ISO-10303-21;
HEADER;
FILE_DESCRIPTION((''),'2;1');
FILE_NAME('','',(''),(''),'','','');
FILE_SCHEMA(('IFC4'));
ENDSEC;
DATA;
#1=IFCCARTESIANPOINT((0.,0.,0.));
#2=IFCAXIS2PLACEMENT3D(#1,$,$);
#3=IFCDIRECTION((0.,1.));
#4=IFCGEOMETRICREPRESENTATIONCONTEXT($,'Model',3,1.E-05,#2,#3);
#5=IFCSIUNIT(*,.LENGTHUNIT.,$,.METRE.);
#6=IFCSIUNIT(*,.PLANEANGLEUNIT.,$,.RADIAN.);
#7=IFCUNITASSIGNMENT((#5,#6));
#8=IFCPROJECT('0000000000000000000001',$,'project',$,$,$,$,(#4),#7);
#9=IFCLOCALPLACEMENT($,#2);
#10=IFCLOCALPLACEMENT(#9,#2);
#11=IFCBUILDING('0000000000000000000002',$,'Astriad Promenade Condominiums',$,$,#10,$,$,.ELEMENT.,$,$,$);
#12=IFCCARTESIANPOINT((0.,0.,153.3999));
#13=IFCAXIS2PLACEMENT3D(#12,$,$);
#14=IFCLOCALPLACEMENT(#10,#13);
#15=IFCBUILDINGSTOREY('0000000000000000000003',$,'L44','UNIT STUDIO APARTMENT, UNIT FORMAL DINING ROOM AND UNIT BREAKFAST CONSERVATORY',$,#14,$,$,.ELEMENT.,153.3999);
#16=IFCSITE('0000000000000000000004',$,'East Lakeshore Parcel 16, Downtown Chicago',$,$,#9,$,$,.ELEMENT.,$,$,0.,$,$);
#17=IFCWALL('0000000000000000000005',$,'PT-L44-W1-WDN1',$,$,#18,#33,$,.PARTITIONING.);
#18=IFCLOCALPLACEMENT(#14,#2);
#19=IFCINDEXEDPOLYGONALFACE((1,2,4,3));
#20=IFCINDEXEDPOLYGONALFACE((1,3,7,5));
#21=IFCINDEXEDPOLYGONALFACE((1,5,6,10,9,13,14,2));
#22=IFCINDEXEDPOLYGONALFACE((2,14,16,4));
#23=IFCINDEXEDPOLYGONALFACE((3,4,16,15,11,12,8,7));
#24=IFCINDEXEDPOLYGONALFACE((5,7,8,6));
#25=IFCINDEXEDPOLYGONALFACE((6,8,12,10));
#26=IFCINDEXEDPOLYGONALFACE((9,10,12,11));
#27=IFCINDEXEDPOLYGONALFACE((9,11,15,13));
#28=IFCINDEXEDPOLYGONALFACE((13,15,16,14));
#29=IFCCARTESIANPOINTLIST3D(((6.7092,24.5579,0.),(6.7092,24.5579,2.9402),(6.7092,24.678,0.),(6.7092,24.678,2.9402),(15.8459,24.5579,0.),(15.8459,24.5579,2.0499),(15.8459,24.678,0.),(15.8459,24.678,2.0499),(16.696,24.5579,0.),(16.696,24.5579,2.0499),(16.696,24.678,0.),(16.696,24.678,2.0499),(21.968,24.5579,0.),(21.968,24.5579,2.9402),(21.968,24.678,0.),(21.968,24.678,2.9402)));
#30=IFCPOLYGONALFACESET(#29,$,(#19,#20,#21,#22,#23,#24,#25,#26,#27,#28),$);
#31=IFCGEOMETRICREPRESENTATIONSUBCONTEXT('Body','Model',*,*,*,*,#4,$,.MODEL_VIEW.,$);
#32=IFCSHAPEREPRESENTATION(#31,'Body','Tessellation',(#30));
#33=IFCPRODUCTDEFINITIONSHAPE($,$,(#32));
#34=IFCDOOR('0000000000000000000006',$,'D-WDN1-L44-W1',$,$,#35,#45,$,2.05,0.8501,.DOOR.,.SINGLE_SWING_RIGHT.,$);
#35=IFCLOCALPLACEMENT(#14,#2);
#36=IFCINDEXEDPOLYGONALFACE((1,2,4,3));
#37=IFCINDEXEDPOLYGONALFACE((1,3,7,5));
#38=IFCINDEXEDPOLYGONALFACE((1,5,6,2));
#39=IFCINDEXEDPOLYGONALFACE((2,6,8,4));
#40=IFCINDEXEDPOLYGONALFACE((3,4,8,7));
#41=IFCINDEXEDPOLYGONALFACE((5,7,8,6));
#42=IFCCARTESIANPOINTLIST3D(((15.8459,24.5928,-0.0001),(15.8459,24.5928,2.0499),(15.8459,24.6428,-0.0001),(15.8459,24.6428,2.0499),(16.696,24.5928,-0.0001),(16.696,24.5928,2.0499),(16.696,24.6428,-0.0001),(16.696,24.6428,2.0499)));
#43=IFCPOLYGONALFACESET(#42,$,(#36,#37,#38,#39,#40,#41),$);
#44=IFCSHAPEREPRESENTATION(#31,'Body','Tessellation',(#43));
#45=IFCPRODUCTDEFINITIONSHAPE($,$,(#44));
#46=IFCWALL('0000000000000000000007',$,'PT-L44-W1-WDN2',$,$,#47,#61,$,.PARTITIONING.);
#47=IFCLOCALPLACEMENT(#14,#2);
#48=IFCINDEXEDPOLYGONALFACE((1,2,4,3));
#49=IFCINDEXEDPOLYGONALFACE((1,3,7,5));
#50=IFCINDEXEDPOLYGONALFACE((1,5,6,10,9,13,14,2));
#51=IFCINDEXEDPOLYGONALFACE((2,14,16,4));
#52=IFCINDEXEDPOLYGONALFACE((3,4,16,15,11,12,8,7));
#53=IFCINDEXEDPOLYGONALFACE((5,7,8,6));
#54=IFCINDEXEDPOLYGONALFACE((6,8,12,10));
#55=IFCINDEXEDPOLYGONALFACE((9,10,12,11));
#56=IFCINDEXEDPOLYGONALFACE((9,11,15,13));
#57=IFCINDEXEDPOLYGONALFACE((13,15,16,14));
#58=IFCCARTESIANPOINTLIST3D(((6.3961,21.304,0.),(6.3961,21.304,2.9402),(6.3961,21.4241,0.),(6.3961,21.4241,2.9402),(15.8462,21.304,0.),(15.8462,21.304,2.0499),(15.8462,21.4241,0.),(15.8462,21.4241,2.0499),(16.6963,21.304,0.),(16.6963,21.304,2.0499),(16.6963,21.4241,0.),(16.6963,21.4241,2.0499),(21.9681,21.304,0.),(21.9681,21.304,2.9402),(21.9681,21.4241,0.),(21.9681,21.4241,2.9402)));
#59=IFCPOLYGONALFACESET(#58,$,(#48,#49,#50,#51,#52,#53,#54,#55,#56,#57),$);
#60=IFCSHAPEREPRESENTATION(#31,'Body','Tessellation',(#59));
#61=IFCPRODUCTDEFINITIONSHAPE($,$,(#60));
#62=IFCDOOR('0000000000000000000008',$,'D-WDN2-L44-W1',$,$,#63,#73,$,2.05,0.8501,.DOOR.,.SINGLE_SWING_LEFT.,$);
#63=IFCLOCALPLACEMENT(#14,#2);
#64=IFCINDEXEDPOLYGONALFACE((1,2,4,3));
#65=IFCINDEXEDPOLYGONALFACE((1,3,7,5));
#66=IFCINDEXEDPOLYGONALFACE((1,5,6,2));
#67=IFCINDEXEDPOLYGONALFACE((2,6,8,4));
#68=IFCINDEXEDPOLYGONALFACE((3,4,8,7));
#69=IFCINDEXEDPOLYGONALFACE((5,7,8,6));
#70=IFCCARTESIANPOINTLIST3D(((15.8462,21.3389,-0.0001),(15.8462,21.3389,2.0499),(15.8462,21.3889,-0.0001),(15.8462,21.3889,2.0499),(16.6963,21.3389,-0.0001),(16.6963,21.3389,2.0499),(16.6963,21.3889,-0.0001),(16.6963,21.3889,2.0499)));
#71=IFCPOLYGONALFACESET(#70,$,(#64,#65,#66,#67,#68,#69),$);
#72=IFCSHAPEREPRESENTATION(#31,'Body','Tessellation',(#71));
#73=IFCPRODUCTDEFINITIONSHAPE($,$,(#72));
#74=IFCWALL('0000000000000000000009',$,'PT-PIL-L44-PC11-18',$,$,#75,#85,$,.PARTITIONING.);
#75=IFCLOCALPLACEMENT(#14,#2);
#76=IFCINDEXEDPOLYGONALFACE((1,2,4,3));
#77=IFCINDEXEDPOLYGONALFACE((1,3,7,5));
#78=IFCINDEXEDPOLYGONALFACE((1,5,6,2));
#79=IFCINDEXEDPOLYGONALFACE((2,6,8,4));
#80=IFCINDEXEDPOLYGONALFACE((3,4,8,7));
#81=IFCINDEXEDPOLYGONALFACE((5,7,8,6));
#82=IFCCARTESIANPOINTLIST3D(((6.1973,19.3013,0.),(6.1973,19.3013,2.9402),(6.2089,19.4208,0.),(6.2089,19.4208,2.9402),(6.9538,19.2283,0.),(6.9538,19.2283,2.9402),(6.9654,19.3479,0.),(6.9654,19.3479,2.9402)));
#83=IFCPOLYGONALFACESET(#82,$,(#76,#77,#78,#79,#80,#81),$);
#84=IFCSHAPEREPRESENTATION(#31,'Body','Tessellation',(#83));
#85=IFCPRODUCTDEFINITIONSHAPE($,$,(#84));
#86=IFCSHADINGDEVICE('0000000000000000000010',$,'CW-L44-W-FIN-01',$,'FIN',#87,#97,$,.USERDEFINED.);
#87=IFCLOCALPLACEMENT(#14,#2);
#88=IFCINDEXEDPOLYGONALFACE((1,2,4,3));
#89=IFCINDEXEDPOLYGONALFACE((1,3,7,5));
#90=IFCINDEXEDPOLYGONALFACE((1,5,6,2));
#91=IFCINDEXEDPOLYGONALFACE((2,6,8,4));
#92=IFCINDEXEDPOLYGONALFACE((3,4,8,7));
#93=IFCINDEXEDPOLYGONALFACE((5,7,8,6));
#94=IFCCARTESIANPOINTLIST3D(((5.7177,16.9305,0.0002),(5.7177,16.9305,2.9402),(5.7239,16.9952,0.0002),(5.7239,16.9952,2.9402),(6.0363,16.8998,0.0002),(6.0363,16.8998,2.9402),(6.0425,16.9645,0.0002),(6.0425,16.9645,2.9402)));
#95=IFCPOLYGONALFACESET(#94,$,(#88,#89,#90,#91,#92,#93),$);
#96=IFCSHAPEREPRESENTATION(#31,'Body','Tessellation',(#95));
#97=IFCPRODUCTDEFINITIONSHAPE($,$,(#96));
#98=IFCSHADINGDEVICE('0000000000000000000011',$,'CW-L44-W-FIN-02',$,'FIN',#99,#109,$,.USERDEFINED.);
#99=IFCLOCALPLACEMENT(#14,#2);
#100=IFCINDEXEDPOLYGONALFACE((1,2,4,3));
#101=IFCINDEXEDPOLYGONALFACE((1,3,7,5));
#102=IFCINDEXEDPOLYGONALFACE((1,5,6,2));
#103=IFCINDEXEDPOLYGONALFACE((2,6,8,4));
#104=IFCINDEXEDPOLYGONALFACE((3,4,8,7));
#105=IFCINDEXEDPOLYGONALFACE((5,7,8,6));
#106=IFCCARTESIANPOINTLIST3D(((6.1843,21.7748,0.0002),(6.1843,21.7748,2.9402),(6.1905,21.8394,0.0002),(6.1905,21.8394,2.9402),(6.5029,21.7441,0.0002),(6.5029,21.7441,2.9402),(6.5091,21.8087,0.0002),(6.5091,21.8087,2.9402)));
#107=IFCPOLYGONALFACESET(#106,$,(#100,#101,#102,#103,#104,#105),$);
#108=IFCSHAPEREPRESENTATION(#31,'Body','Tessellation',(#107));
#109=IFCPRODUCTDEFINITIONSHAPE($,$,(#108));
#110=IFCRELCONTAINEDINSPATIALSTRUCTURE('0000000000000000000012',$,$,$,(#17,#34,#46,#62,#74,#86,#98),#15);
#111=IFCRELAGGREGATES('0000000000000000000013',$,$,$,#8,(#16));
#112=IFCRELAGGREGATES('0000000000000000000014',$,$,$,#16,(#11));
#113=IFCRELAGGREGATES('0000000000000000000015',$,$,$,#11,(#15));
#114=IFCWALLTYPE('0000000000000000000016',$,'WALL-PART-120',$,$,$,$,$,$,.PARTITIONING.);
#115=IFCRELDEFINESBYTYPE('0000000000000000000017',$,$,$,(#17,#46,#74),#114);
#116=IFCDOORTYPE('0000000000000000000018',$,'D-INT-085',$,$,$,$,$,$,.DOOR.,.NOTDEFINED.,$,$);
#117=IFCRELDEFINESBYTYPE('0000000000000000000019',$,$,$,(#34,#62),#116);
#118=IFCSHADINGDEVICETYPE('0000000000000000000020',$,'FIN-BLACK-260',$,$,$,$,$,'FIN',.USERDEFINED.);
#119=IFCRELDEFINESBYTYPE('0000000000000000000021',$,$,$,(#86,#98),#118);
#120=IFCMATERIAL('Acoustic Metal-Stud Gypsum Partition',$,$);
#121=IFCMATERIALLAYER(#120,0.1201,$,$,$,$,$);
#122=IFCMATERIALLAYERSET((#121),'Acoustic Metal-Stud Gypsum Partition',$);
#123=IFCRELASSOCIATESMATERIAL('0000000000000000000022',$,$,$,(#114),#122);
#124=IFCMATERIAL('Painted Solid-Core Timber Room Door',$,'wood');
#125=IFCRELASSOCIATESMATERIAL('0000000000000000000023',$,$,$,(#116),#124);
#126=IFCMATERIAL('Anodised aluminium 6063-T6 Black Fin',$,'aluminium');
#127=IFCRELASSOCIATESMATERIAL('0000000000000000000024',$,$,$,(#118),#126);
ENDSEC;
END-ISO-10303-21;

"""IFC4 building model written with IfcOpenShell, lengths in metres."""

from ifc_helpers import new_model, si_unit, direction, frame, frame_2d, origin, origin_2d, place, context, subcontext, project, spatial, rectangle, extrude, source, transform, mapped, material, layer, layer_set, type_object, type_shapes, element, fill, save


model = new_model("IFC4")

# Units and contexts
model_context = context("Model", 3, precision=1e-05, world=origin(), true_north=direction((0.0, 1.0)))
body_context = subcontext(model_context, "Body", "Model", "MODEL_VIEW")
ifc_project = project(units=[si_unit("LENGTHUNIT", "METRE"), si_unit("PLANEANGLEUNIT", "RADIAN")], contexts=[model_context])

# Site, building, storey
site_placement = place(None, origin())
site = spatial("IfcSite", under=ifc_project, at=site_placement, Name="East Lakeshore Parcel 16, Downtown Chicago", CompositionType="ELEMENT", RefElevation=0.0)
building_placement = place(site_placement, origin())
building = spatial("IfcBuilding", under=site, at=building_placement, Name="Astriad Promenade Condominiums", CompositionType="ELEMENT")
storey_placement = place(building_placement, frame((0.0, 0.0, 153.3999)))
storey = spatial("IfcBuildingStorey", under=building, at=storey_placement, Name="L44", Description="UNIT STUDIO APARTMENT, UNIT FORMAL DINING ROOM AND UNIT BREAKFAST CONSERVATORY", CompositionType="ELEMENT", Elevation=153.3999)

# Walls, openings, doors
ifc_material_1 = material(Name="Acoustic Metal-Stud Gypsum Partition")
ifc_layer_1 = layer(ifc_material_1, 0.1201)
ifc_layer_set_1 = layer_set([ifc_layer_1], Name="Acoustic Metal-Stud Gypsum Partition")
wall_type_1 = type_object("IfcWallType", Name="WALL-PART-120", PredefinedType="PARTITIONING", material=ifc_layer_set_1)
wall_1_placement = place(storey_placement, frame((6.7092, 24.6179, 0.0), z_axis=(0.0, 0.0, 1.0), x_axis=(1.0, 0.0, 0.0)))
wall_1 = element("IfcWall", 1, at=wall_1_placement, inside=storey, type_object=wall_type_1, Name="PT-L44-W1-WDN1", PredefinedType="PARTITIONING", context=body_context, shape_type="SweptSolid", body=[
    extrude(rectangle(XDim=15.2588, YDim=0.1201, at=frame_2d((7.6294, 0.0))), origin(), (0.0, 0.0, 1.0), 2.9402),
])
opening_1_placement = place(wall_1_placement, frame((9.1367, 0.0, 0.0)))
opening_1 = element("IfcOpeningElement", 2, at=opening_1_placement, cuts=wall_1, PredefinedType="OPENING", context=body_context, shape_type="SweptSolid", body=[
    extrude(rectangle(XDim=0.8501, YDim=2.05, at=frame_2d((0.425, 1.0249))), frame((0.0, 0.0701, 0.0), z_axis=(0.0, -1.0, 0.0), x_axis=(1.0, 0.0, 0.0)), (0.0, 0.0, 1.0), 0.1401),
])
ifc_material_2 = material(Name="Painted Solid-Core Timber Room Door", Category="wood")
door_type = type_object("IfcDoorType", Name="D-INT-085", OperationType="NOTDEFINED", PredefinedType="DOOR", material=ifc_material_2)
shared_shape_1 = source(origin(), body_context, "Body", "SweptSolid", [
    extrude(rectangle(XDim=0.8501, YDim=2.05, at=frame_2d((0.425, 1.0249))), frame((0.0, 0.0249, 0.0), z_axis=(0.0, -1.0, 0.0), x_axis=(1.0, 0.0, 0.0)), (0.0, 0.0, 1.0), 0.05),
])
type_shapes(door_type, [shared_shape_1])
door_1_placement = place(opening_1_placement, origin())
door_1 = element("IfcDoor", 3, at=door_1_placement, inside=storey, type_object=door_type, Name="D-WDN1-L44-W1", OperationType="SINGLE_SWING_RIGHT", OverallHeight=2.05, OverallWidth=0.8501, PredefinedType="DOOR", context=body_context, shape_type="MappedRepresentation", body=[
    mapped(shared_shape_1, transform((0.0, 0.0, 0.0), scale=1.0)),
])
fill(opening_1, door_1)
wall_2_placement = place(storey_placement, frame((6.396, 21.364, 0.0), z_axis=(0.0, 0.0, 1.0), x_axis=(1.0, 0.0, 0.0)))
wall_2 = element("IfcWall", 4, at=wall_2_placement, inside=storey, type_object=wall_type_1, Name="PT-L44-W1-WDN2", PredefinedType="PARTITIONING", context=body_context, shape_type="SweptSolid", body=[
    extrude(rectangle(XDim=15.572, YDim=0.1201, at=frame_2d((7.7861, 0.0))), origin(), (0.0, 0.0, 1.0), 2.9402),
])
opening_2_placement = place(wall_2_placement, frame((9.4502, 0.0, 0.0)))
opening_2 = element("IfcOpeningElement", 5, at=opening_2_placement, cuts=wall_2, PredefinedType="OPENING", context=body_context, shape_type="SweptSolid", body=[
    extrude(rectangle(XDim=0.8501, YDim=2.05, at=frame_2d((0.425, 1.0249))), frame((0.0, 0.0701, 0.0), z_axis=(0.0, -1.0, 0.0), x_axis=(1.0, 0.0, 0.0)), (0.0, 0.0, 1.0), 0.1401),
])
door_2_placement = place(opening_2_placement, origin())
door_2 = element("IfcDoor", 6, at=door_2_placement, inside=storey, type_object=door_type, Name="D-WDN2-L44-W1", OperationType="SINGLE_SWING_LEFT", OverallHeight=2.05, OverallWidth=0.8501, PredefinedType="DOOR", context=body_context, shape_type="MappedRepresentation", body=[
    mapped(shared_shape_1, transform((0.0, 0.0, 0.0), scale=1.0)),
])
fill(opening_2, door_2)

# Wall
wall_3_placement = place(storey_placement, frame((6.9595, 19.2881, 0.0), z_axis=(0.0, 0.0, 1.0), x_axis=(-0.995378, 0.096037, 0.0)))
element("IfcWall", 7, at=wall_3_placement, inside=storey, type_object=wall_type_1, Name="PT-PIL-L44-PC11-18", PredefinedType="PARTITIONING", context=body_context, shape_type="SweptSolid", body=[
    extrude(rectangle(XDim=0.76, YDim=0.1201, at=frame_2d((0.3799, 0.0))), origin(), (0.0, 0.0, 1.0), 2.9402),
])

# Shading devices
ifc_material_3 = material(Name="Anodised aluminium 6063-T6 Black Fin", Category="aluminium")
shading_device_type = type_object("IfcShadingDeviceType", Name="FIN-BLACK-260", ElementType="FIN", PredefinedType="USERDEFINED", material=ifc_material_3)
shared_shape_2 = source(origin(), body_context, "Body", "SweptSolid", [
    extrude(rectangle(XDim=0.0649, YDim=0.3201, at=origin_2d()), origin(), (0.0, 0.0, 1.0), 2.9399),
])
type_shapes(shading_device_type, [shared_shape_2])
for number, where, z_axis, x_axis, name in (
    (8, (5.8801, 16.9475, 0.0002), (0.0, 0.0, 1.0), (0.095846, 0.995396, 0.0), "CW-L44-W-FIN-01"),
    (9, (6.3467, 21.7917, 0.0002), (0.0, 0.0, 1.0), (0.095846, 0.995396, 0.0), "CW-L44-W-FIN-02"),
):
    element("IfcShadingDevice", number, at=place(storey_placement, frame(where, z_axis=z_axis, x_axis=x_axis)), inside=storey, type_object=shading_device_type, Name=name, ObjectType="FIN", PredefinedType="USERDEFINED", context=body_context, shape_type="MappedRepresentation", body=[
        mapped(shared_shape_2, transform((0.0, 0.0, 0.0), scale=1.0)),
    ])

save(model, "model.ifc")
